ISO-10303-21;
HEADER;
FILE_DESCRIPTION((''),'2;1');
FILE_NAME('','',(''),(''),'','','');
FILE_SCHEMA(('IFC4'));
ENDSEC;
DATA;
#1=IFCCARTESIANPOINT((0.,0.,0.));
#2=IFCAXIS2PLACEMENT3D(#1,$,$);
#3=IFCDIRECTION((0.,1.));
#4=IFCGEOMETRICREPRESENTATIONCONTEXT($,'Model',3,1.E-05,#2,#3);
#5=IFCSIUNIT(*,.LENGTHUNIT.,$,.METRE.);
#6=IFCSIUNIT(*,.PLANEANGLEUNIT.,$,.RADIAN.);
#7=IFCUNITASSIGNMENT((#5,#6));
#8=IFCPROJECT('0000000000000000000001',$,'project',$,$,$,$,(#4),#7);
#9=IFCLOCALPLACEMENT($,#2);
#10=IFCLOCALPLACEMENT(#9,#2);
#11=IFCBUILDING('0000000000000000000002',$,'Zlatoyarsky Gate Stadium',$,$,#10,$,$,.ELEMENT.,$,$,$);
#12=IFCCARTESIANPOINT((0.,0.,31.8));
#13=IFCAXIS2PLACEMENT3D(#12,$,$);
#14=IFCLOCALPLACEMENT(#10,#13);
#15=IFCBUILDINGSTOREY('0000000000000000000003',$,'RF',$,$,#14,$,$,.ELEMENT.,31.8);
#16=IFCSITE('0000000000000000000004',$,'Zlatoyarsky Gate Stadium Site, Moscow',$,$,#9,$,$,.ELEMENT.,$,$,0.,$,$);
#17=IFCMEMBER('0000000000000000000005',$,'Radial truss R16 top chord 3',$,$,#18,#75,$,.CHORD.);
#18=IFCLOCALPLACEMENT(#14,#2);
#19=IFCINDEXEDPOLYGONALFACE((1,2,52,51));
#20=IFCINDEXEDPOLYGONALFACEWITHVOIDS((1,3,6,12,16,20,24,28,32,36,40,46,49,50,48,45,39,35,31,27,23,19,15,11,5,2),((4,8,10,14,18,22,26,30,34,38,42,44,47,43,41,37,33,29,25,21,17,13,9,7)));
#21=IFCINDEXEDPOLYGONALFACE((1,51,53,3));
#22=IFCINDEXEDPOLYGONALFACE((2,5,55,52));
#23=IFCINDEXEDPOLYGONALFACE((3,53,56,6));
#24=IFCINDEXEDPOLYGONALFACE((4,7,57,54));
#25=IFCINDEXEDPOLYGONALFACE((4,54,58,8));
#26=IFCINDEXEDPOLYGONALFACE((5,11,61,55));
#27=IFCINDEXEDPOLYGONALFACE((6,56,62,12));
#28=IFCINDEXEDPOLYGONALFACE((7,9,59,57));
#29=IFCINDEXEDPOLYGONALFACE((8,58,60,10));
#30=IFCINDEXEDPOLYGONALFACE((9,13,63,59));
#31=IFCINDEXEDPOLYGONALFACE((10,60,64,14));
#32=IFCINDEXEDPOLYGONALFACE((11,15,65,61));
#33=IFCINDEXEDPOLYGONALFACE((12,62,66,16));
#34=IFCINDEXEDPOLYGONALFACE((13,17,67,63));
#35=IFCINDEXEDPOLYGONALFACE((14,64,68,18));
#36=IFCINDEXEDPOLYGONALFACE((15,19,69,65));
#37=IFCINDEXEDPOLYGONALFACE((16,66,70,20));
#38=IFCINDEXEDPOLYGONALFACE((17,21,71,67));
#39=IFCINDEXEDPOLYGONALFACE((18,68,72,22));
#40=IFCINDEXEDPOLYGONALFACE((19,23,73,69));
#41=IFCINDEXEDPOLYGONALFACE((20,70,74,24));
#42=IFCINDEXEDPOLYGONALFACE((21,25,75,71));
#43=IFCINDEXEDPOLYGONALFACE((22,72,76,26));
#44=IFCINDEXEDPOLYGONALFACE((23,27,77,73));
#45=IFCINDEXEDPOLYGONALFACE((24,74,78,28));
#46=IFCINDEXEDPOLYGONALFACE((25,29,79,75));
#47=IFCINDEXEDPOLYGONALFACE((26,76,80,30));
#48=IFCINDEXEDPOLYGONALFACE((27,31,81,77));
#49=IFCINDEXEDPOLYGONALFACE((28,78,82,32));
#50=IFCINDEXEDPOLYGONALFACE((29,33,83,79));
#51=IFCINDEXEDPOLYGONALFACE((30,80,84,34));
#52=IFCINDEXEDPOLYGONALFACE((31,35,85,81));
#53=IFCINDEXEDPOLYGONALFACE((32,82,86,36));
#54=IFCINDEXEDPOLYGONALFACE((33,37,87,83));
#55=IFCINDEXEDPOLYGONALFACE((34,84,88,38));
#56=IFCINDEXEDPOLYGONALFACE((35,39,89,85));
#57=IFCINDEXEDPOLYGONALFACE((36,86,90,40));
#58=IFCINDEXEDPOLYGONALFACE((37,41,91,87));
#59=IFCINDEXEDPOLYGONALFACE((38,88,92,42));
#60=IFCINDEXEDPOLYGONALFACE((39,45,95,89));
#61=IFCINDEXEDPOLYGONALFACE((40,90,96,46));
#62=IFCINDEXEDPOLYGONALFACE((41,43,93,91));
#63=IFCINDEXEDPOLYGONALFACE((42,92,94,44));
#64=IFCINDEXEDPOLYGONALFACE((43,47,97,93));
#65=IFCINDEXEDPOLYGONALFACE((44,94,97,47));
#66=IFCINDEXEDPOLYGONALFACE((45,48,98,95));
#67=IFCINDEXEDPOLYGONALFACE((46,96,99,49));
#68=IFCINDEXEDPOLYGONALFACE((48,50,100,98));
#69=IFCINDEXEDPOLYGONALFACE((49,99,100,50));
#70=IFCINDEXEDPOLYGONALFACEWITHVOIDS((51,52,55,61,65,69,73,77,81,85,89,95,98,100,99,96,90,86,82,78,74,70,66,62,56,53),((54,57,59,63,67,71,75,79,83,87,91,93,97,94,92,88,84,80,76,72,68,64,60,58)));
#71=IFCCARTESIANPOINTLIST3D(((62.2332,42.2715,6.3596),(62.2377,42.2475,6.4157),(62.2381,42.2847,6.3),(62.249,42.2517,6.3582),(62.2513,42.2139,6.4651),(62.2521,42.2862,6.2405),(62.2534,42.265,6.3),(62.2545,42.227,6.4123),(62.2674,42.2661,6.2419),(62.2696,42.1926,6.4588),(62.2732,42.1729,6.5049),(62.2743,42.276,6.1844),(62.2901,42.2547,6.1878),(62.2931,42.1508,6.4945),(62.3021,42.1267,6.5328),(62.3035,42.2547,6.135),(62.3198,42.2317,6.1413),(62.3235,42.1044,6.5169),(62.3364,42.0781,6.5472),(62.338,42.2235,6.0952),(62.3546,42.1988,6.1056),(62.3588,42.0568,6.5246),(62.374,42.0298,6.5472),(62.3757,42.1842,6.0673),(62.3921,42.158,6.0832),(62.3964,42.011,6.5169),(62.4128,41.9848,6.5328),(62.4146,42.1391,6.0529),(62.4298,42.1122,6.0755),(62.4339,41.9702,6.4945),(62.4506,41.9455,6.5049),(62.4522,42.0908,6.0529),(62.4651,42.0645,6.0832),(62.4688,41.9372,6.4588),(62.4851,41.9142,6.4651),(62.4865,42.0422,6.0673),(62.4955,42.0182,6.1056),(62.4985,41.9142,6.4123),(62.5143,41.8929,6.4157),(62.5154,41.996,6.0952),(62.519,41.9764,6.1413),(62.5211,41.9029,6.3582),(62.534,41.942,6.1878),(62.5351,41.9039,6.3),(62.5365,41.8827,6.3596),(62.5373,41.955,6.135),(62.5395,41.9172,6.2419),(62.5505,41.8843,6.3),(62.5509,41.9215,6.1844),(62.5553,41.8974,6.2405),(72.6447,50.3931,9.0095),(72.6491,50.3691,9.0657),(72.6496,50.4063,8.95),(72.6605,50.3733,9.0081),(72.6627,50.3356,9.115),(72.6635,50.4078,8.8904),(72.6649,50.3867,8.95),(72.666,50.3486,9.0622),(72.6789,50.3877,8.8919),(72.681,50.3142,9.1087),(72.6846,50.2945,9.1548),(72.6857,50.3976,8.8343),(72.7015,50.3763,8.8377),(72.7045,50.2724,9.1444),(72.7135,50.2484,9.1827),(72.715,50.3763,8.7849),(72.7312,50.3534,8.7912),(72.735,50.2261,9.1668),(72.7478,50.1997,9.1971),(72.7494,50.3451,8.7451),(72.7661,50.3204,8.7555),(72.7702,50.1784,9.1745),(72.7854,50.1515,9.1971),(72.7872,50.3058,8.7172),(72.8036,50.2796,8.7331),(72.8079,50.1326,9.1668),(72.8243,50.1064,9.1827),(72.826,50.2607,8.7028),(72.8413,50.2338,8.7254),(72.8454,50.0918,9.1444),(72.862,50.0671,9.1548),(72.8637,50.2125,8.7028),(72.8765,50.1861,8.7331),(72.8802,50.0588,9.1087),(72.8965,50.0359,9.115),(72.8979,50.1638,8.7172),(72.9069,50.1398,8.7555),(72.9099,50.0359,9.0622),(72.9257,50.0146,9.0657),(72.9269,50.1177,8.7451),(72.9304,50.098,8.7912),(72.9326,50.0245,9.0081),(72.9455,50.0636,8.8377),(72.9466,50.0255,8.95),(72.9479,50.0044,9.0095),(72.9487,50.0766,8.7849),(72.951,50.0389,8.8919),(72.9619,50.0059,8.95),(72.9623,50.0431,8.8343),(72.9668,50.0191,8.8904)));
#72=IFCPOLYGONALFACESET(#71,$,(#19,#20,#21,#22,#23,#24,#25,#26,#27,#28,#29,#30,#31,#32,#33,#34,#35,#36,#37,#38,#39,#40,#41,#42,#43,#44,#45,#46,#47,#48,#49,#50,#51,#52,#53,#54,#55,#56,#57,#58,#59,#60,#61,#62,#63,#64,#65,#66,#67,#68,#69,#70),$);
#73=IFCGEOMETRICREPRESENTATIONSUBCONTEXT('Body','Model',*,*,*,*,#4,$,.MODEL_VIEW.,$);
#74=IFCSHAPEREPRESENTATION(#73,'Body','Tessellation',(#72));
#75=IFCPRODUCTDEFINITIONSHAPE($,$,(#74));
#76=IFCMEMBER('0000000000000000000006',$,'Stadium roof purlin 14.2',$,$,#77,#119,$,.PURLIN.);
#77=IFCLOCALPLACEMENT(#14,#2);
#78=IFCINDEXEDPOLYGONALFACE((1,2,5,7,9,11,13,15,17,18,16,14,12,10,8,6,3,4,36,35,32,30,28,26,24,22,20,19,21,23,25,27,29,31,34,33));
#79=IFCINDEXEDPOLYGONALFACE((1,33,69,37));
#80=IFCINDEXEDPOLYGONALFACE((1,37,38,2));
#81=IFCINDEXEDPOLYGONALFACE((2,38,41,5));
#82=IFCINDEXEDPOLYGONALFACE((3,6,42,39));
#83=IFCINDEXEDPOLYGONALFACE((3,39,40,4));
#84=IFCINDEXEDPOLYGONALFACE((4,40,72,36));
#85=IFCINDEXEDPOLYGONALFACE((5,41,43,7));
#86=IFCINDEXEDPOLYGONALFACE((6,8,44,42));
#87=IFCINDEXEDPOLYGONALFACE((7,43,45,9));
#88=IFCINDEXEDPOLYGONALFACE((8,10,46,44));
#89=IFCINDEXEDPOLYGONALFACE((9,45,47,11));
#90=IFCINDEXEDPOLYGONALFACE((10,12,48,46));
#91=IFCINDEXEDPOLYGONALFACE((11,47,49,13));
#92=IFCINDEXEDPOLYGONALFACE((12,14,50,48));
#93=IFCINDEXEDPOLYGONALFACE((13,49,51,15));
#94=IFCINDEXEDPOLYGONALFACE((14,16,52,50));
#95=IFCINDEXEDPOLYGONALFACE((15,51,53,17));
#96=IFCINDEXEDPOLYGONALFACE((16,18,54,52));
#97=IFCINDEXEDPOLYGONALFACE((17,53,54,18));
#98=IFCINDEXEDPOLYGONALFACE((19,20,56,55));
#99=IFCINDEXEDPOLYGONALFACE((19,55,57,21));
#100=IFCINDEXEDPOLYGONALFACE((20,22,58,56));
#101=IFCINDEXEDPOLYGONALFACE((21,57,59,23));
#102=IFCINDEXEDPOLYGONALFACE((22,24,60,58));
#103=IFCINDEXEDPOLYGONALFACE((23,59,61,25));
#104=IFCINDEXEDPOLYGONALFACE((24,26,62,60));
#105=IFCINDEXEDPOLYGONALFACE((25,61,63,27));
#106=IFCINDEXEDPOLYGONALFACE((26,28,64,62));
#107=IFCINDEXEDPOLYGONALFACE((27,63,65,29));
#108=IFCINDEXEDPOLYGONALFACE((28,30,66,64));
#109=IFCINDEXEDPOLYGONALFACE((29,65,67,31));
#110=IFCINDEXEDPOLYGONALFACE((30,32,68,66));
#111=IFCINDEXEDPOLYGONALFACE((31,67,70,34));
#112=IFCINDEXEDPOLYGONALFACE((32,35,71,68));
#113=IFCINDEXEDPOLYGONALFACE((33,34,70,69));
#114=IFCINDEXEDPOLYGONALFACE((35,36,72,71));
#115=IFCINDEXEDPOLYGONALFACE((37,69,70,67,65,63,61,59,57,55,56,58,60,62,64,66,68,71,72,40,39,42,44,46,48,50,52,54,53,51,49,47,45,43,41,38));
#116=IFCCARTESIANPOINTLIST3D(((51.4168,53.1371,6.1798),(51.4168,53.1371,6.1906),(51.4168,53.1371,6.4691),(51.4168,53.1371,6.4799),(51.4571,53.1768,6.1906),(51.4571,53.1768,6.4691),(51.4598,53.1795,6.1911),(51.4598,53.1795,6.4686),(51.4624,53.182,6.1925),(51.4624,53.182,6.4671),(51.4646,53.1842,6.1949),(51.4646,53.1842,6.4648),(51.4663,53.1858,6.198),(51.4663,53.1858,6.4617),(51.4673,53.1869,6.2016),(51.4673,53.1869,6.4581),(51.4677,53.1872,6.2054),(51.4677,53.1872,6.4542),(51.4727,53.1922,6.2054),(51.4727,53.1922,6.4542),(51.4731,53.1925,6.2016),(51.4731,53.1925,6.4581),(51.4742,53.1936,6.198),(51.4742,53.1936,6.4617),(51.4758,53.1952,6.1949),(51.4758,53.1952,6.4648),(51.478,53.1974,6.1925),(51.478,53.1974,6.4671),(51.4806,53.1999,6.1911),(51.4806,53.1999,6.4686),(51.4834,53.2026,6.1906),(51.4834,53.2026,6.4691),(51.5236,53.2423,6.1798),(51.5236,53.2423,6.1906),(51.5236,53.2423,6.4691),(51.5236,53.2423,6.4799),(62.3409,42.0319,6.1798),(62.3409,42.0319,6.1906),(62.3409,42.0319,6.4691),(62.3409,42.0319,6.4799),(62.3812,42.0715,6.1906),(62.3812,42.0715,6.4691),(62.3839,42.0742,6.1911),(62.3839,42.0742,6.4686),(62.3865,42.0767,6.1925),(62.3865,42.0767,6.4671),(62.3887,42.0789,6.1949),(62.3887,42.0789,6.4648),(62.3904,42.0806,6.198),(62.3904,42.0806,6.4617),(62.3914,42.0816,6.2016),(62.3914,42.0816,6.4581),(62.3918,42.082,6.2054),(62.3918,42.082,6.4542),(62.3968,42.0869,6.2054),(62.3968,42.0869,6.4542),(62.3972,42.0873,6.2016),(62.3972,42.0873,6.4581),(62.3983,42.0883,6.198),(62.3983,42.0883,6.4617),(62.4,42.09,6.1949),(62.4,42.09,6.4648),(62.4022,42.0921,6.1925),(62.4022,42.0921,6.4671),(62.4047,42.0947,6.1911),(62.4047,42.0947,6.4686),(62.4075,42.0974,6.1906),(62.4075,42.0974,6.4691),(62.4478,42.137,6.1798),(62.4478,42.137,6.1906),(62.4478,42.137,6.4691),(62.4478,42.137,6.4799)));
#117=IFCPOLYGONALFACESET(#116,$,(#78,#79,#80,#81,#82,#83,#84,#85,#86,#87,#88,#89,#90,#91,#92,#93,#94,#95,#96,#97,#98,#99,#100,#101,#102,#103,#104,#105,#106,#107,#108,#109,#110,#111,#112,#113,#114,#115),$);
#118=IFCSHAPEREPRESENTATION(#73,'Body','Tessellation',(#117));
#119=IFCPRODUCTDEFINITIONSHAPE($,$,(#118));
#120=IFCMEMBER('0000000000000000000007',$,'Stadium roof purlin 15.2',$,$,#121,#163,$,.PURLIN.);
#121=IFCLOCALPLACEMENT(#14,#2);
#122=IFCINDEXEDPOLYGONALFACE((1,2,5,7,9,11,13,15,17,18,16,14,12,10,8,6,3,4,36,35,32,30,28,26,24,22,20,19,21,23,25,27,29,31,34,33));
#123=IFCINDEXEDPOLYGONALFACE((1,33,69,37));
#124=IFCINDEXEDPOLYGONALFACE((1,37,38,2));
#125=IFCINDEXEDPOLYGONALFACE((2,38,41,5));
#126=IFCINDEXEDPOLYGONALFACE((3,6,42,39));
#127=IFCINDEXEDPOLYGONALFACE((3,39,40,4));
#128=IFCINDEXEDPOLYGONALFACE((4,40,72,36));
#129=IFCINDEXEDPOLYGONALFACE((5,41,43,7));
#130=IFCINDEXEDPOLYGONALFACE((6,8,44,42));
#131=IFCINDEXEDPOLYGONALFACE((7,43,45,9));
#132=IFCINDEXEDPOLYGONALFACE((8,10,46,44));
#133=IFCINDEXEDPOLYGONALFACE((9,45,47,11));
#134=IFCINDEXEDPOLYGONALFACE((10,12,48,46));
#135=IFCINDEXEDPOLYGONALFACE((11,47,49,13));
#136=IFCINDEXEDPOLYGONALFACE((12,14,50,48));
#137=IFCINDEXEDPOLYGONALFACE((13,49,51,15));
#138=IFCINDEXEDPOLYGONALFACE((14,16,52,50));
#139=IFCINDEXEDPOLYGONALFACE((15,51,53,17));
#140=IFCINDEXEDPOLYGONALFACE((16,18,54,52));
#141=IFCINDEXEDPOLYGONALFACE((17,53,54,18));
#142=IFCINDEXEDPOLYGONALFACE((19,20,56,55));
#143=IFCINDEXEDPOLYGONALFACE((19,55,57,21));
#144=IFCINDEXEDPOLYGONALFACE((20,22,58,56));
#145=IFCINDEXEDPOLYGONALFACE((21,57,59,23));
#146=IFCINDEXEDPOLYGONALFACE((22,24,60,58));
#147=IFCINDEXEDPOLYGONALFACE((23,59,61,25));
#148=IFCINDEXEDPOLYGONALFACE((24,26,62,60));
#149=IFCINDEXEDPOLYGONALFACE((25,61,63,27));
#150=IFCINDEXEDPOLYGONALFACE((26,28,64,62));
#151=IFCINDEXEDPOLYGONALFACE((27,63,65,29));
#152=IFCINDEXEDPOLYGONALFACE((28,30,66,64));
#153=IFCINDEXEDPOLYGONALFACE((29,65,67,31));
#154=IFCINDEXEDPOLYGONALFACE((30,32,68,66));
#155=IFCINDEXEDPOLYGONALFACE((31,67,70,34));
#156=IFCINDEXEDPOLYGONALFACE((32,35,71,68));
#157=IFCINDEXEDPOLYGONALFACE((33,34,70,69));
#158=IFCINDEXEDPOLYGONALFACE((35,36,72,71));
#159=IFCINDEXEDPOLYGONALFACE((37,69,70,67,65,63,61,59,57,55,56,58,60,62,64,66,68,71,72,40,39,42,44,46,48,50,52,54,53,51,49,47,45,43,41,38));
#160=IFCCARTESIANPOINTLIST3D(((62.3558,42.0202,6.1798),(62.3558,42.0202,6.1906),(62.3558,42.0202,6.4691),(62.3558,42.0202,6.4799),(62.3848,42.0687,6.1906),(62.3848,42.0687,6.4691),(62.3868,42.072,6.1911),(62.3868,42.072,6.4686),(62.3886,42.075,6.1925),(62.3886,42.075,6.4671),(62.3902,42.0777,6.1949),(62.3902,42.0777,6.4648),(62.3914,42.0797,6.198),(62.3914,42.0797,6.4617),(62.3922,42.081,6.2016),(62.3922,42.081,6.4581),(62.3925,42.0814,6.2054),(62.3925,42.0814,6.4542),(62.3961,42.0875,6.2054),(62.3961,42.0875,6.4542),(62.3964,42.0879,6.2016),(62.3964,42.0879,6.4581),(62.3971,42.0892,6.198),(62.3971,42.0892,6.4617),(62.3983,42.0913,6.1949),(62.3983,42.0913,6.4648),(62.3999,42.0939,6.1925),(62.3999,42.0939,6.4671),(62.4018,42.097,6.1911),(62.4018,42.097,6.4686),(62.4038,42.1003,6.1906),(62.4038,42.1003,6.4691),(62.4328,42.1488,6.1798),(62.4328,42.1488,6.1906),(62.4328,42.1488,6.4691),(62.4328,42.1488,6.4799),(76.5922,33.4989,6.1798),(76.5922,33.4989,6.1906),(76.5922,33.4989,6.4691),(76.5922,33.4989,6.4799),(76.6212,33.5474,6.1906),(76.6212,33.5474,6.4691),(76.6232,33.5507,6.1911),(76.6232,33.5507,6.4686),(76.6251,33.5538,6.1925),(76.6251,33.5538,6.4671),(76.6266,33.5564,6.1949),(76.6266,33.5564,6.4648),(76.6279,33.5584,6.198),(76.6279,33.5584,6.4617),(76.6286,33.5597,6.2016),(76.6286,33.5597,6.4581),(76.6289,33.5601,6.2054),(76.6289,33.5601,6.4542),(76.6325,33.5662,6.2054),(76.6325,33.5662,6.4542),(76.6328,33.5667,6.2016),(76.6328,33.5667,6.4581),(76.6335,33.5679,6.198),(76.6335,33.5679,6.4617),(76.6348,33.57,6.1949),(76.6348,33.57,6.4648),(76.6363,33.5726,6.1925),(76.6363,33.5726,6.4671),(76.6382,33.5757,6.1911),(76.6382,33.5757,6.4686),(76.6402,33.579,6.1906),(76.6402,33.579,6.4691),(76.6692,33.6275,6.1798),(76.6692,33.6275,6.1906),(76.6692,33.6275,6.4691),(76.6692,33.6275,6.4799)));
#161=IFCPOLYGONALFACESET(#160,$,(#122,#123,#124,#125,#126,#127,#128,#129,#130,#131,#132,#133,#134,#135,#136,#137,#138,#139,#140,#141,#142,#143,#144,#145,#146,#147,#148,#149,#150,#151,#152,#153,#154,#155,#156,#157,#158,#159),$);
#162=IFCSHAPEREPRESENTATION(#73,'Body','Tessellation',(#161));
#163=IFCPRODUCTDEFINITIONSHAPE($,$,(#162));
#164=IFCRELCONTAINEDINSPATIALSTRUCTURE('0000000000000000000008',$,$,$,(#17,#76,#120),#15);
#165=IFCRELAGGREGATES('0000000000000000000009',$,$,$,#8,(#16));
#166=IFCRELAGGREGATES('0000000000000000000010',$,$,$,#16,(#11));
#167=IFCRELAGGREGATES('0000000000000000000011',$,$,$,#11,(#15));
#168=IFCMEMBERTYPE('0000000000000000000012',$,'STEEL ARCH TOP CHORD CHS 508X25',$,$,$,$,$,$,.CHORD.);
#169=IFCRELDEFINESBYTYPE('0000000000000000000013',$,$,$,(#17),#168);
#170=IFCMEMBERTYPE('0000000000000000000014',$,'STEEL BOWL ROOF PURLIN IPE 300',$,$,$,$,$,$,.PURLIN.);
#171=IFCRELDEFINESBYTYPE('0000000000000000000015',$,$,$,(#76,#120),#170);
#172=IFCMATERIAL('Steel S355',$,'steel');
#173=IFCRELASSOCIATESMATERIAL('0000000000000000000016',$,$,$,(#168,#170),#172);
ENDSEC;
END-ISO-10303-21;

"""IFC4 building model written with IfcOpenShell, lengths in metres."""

from ifc_helpers import new_model, si_unit, direction, frame, origin, origin_2d, place, context, subcontext, project, spatial, hollow_circle, i_section, extrude, material, material_profile, profile_set, type_object, element, save


model = new_model("IFC4")

# Units and contexts
model_context = context("Model", 3, precision=1e-05, world=origin(), true_north=direction((0.0, 1.0)))
body_context = subcontext(model_context, "Body", "Model", "MODEL_VIEW")
ifc_project = project(units=[si_unit("LENGTHUNIT", "METRE"), si_unit("PLANEANGLEUNIT", "RADIAN")], contexts=[model_context])

# Site, building, storey
site_placement = place(None, origin())
site = spatial("IfcSite", under=ifc_project, at=site_placement, Name="Zlatoyarsky Gate Stadium Site, Moscow", CompositionType="ELEMENT", RefElevation=0.0)
building_placement = place(site_placement, origin())
building = spatial("IfcBuilding", under=site, at=building_placement, Name="Zlatoyarsky Gate Stadium", CompositionType="ELEMENT")
storey_placement = place(building_placement, frame((0.0, 0.0, 31.8)))
storey = spatial("IfcBuildingStorey", under=building, at=storey_placement, Name="RF", CompositionType="ELEMENT", Elevation=31.8)

# Members
ifc_material_1 = material(Name="Steel S355", Category="steel")
ifc_material_profile_1 = material_profile(ifc_material_1, hollow_circle(Radius=0.2539, WallThickness=0.0249, at=origin_2d()), Name="CHS 508X25")
ifc_profile_set_1 = profile_set([ifc_material_profile_1], Name="Steel S355")
member_type_1 = type_object("IfcMemberType", Name="STEEL ARCH TOP CHORD CHS 508X25", PredefinedType="CHORD", material=ifc_profile_set_1)
member_1_placement = place(storey_placement, frame((62.3943, 42.0845, 6.3), z_axis=(0.773063, 0.603042, 0.19676), x_axis=(-0.615065, 0.788476, 0.0)))
element("IfcMember", 1, at=member_1_placement, inside=storey, type_object=member_type_1, Name="Radial truss R16 top chord 3", PredefinedType="CHORD", context=body_context, shape_type="SweptSolid", body=[
    extrude(hollow_circle(Radius=0.2539, WallThickness=0.0249, at=origin_2d()), origin(), (0.0, 0.0, 1.0), 13.4678),
])
ifc_material_profile_2 = material_profile(ifc_material_1, i_section(OverallWidth=0.1499, OverallDepth=0.3, WebThickness=0.0071, FlangeThickness=0.0107, FilletRadius=0.0149, at=origin_2d()), Name="IPE 300")
ifc_profile_set_2 = profile_set([ifc_material_profile_2], Name="Steel S355")
member_type_2 = type_object("IfcMemberType", Name="STEEL BOWL ROOF PURLIN IPE 300", PredefinedType="PURLIN", material=ifc_profile_set_2)
member_2_placement = place(storey_placement, frame((51.4702, 53.1897, 6.3298), z_axis=(0.701268, -0.712897, 0.0), x_axis=(0.712897, 0.701268, 0.0)))
element("IfcMember", 2, at=member_2_placement, inside=storey, type_object=member_type_2, Name="Stadium roof purlin 14.2", PredefinedType="PURLIN", context=body_context, shape_type="SweptSolid", body=[
    extrude(i_section(OverallWidth=0.1499, OverallDepth=0.3, WebThickness=0.0071, FlangeThickness=0.0107, FilletRadius=0.0149, at=origin_2d()), origin(), (0.0, 0.0, 1.0), 15.5776),
])
member_3_placement = place(storey_placement, frame((62.3943, 42.0845, 6.3298), z_axis=(0.858039, -0.513584, 0.0), x_axis=(0.513584, 0.858039, 0.0)))
element("IfcMember", 3, at=member_3_placement, inside=storey, type_object=member_type_2, Name="Stadium roof purlin 15.2", PredefinedType="PURLIN", context=body_context, shape_type="SweptSolid", body=[
    extrude(i_section(OverallWidth=0.1499, OverallDepth=0.3, WebThickness=0.0071, FlangeThickness=0.0107, FilletRadius=0.0149, at=origin_2d()), origin(), (0.0, 0.0, 1.0), 16.5918),
])

save(model, "model.ifc")
